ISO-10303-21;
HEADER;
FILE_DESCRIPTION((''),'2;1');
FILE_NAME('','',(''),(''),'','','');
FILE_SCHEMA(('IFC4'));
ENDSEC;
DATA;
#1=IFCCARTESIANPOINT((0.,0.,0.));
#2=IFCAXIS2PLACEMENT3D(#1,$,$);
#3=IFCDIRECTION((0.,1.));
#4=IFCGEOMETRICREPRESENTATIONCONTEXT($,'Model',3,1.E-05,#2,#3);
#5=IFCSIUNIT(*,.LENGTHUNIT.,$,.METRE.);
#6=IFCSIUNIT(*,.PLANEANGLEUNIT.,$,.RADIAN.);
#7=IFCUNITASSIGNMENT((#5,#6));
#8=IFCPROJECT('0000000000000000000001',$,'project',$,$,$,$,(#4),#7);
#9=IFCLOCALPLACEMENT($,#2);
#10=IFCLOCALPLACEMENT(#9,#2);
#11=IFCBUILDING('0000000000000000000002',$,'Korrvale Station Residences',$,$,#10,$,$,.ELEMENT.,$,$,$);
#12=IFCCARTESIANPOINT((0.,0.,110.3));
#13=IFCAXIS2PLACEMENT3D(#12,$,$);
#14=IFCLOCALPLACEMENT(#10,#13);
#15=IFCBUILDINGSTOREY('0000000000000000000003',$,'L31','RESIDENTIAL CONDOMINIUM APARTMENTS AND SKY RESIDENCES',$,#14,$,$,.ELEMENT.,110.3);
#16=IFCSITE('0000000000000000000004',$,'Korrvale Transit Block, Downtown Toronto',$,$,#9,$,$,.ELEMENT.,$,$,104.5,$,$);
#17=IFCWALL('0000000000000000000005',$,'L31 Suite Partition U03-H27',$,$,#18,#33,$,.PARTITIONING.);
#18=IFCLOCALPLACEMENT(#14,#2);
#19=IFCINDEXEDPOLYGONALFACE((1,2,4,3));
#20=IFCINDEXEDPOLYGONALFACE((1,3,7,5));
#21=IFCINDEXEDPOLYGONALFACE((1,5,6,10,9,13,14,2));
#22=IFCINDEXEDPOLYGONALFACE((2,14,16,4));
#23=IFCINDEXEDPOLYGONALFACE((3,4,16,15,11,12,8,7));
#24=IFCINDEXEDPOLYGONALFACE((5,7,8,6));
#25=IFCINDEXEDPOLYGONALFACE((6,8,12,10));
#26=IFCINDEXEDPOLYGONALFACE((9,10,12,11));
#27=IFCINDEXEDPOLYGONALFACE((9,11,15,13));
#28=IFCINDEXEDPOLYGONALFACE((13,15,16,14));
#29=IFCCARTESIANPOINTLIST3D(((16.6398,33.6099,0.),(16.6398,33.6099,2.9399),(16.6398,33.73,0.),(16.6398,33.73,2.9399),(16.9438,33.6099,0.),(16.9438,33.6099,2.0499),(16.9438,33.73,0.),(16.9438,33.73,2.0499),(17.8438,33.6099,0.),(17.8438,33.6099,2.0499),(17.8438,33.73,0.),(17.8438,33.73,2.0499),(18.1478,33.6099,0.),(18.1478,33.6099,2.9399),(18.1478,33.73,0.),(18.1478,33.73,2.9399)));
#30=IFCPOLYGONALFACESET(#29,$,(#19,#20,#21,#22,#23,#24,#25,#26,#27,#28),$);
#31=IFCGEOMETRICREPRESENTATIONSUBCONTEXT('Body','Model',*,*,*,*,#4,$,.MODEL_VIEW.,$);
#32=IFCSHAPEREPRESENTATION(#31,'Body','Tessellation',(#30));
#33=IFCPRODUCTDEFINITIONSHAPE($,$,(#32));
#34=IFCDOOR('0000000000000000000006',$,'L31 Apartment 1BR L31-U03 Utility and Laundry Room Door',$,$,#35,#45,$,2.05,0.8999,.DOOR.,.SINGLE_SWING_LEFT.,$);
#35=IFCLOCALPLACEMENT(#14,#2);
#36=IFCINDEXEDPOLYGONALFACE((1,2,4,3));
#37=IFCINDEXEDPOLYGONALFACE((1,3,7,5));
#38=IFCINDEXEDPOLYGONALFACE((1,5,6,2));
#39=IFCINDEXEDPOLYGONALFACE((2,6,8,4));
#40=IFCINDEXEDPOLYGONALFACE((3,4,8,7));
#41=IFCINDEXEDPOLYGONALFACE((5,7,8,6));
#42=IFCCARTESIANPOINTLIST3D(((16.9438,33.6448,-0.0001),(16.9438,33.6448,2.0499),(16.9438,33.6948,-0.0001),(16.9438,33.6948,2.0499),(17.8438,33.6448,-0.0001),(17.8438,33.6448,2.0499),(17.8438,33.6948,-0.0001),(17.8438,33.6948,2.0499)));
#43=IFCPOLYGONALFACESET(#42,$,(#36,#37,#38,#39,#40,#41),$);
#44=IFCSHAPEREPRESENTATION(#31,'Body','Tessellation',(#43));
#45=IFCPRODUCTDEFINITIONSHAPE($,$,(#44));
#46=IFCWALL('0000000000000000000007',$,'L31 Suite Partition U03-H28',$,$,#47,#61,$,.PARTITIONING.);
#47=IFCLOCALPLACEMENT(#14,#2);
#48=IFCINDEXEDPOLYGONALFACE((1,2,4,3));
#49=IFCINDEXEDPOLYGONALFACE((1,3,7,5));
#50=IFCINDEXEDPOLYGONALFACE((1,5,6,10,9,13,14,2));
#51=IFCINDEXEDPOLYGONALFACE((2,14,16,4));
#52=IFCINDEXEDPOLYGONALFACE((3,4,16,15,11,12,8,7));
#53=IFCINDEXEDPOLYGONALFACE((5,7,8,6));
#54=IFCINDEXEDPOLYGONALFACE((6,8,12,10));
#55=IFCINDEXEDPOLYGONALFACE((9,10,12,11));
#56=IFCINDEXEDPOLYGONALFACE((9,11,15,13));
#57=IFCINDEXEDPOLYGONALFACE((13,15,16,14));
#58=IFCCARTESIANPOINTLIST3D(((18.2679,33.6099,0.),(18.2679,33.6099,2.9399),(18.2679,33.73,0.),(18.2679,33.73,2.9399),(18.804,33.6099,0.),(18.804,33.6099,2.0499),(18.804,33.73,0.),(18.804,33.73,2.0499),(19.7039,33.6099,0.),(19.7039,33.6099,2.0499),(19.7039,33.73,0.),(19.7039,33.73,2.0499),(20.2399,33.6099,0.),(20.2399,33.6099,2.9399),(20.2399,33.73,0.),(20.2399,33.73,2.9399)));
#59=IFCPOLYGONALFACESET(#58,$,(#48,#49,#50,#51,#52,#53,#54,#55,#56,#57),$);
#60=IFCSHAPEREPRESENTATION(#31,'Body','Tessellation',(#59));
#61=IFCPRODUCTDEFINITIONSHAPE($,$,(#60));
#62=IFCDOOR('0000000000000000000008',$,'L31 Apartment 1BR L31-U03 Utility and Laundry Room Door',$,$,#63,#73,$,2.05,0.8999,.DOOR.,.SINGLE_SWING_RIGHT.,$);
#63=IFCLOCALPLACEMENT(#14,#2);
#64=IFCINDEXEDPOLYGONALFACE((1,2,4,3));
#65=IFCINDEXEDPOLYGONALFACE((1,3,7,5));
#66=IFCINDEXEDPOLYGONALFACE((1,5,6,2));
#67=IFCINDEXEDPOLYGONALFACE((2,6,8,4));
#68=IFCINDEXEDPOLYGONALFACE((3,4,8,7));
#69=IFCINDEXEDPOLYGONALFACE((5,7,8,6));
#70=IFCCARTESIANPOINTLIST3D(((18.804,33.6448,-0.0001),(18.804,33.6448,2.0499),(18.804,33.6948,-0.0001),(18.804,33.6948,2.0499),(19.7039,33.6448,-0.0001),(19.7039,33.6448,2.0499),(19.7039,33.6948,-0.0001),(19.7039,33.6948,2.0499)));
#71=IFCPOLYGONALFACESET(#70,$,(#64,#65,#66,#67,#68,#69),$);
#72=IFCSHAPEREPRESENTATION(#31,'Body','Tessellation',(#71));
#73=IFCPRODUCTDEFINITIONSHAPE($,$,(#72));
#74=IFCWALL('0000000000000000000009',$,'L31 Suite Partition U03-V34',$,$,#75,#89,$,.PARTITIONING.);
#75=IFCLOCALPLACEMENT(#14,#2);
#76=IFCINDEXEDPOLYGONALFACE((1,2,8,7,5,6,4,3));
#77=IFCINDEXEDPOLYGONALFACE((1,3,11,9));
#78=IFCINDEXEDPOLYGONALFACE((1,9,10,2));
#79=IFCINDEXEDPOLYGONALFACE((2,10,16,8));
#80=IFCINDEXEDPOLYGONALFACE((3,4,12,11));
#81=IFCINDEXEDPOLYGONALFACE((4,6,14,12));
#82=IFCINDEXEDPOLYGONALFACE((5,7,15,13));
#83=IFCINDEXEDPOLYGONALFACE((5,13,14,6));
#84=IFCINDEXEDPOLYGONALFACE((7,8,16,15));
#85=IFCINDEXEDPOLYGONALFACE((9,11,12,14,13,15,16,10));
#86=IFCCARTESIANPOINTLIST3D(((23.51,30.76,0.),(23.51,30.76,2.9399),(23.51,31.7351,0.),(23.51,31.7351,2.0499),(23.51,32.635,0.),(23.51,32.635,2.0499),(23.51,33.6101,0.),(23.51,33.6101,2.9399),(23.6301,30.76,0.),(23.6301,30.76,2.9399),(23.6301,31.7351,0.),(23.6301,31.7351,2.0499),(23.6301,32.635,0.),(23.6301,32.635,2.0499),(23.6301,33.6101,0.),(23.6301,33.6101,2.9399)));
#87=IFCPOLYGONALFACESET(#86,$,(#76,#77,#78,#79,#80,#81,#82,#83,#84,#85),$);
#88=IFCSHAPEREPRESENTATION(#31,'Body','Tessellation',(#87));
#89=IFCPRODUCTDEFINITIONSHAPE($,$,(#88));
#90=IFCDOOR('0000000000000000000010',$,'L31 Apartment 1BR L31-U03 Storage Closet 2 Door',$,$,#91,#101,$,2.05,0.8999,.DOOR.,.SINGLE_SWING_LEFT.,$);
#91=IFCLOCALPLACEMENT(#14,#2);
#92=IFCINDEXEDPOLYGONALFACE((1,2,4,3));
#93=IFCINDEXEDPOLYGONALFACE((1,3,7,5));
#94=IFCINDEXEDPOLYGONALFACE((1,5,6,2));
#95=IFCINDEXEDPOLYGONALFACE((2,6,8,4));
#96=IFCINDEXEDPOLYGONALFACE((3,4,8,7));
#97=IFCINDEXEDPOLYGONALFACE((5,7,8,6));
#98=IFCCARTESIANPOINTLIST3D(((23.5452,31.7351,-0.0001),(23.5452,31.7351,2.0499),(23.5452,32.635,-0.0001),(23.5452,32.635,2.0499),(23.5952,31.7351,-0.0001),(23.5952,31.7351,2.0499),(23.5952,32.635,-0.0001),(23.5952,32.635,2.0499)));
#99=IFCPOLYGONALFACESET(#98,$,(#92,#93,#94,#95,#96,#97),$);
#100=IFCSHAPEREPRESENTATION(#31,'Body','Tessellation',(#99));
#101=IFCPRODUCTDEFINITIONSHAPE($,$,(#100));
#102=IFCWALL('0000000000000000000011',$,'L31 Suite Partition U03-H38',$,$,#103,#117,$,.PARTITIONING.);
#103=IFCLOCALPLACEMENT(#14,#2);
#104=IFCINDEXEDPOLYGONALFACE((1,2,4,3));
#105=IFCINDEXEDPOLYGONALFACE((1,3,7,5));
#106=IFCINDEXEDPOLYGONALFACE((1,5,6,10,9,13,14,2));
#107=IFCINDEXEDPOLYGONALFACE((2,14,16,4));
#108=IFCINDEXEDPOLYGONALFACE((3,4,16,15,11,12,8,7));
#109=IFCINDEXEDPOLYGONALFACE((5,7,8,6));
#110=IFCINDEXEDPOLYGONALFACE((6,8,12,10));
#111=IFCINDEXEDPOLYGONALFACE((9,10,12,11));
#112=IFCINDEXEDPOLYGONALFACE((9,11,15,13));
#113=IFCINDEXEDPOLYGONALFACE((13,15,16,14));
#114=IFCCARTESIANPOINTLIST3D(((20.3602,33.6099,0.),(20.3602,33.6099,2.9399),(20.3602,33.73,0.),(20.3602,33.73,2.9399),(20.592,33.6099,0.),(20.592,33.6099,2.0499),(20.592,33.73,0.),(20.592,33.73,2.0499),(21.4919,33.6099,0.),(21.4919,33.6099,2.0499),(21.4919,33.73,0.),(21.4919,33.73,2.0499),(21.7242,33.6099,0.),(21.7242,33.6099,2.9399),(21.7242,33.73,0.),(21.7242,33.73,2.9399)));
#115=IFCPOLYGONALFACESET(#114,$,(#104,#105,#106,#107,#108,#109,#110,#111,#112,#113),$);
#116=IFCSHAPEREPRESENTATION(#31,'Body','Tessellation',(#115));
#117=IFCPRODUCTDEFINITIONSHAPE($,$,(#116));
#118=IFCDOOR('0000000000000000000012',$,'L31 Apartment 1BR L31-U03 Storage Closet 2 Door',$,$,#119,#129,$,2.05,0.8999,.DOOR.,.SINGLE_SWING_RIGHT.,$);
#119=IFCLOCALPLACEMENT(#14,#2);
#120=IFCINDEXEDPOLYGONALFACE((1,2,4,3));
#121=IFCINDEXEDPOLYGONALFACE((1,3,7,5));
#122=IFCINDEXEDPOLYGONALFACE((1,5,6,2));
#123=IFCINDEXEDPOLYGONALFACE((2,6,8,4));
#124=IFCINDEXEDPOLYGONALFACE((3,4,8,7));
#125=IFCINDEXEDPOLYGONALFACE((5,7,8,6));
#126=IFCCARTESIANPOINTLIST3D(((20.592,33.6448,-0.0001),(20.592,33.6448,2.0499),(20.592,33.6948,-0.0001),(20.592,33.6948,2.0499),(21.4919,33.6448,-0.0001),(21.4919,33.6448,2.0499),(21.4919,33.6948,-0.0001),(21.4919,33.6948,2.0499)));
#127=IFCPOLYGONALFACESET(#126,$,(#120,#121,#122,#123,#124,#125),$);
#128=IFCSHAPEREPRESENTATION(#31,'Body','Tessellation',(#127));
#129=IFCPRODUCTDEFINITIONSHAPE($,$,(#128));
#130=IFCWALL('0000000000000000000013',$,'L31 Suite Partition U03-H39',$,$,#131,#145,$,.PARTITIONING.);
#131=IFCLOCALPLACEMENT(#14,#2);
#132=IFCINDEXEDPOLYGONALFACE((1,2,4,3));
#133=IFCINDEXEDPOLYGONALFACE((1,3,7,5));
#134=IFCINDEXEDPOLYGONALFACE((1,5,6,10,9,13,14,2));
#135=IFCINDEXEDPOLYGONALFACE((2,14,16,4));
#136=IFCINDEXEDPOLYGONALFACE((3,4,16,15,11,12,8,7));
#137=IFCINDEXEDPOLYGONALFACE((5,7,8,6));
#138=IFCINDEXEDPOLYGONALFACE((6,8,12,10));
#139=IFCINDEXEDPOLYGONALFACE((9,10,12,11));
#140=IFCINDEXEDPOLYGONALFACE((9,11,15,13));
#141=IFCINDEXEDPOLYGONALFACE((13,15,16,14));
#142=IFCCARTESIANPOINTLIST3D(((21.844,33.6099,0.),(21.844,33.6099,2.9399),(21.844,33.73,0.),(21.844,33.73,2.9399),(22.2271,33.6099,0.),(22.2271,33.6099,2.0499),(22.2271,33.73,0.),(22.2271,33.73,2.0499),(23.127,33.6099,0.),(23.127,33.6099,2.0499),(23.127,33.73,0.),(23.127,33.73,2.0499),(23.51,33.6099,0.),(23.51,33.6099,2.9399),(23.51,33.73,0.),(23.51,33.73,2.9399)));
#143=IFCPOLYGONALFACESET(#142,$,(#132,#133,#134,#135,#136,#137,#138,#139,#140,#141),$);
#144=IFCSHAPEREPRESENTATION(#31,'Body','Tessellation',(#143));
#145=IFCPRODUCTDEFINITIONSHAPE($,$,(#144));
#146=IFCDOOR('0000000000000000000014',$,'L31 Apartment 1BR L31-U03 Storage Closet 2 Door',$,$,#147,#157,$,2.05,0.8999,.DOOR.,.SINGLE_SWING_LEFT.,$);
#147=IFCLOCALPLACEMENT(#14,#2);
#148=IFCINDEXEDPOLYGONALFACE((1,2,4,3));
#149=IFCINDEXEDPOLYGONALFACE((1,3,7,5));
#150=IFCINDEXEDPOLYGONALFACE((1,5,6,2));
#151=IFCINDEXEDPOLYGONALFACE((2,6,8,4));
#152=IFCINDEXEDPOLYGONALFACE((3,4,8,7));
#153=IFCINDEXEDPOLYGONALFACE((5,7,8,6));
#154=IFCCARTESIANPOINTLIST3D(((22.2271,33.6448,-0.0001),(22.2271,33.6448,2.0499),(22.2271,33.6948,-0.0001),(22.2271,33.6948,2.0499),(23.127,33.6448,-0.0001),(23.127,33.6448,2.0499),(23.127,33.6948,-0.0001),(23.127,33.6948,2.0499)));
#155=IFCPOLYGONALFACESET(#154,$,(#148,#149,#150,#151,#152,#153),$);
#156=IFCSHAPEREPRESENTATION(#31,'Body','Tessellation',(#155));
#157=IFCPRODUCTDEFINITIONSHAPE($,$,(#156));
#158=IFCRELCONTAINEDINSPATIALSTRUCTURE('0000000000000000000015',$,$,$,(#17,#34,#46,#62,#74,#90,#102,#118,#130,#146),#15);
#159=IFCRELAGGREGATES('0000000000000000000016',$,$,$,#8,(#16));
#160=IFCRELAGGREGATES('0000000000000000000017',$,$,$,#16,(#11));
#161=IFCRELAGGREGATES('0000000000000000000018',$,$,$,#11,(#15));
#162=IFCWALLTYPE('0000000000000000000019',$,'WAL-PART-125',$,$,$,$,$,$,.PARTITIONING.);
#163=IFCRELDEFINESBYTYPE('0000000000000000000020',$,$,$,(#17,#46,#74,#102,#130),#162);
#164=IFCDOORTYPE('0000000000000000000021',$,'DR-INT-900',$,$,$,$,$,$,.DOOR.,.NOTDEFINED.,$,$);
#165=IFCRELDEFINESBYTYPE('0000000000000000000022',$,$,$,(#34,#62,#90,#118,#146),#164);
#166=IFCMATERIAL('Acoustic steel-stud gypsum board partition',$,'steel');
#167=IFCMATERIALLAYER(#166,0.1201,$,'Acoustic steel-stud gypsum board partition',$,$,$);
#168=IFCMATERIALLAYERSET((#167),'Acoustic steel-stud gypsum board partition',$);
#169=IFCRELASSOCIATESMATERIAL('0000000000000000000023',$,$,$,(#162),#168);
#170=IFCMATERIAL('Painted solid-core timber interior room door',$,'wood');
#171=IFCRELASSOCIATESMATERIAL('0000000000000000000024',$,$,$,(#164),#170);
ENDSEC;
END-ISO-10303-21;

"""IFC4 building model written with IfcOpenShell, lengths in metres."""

from ifc_helpers import new_model, si_unit, direction, frame, frame_2d, origin, place, context, subcontext, project, spatial, rectangle, extrude, material, layer, layer_set, type_object, element, fill, save


model = new_model("IFC4")

# Units and contexts
model_context = context("Model", 3, precision=1e-05, world=origin(), true_north=direction((0.0, 1.0)))
body_context = subcontext(model_context, "Body", "Model", "MODEL_VIEW")
ifc_project = project(units=[si_unit("LENGTHUNIT", "METRE"), si_unit("PLANEANGLEUNIT", "RADIAN")], contexts=[model_context])

# Site, building, storey
site_placement = place(None, origin())
site = spatial("IfcSite", under=ifc_project, at=site_placement, Name="Korrvale Transit Block, Downtown Toronto", CompositionType="ELEMENT", RefElevation=104.5)
building_placement = place(site_placement, origin())
building = spatial("IfcBuilding", under=site, at=building_placement, Name="Korrvale Station Residences", CompositionType="ELEMENT")
storey_placement = place(building_placement, frame((0.0, 0.0, 110.3)))
storey = spatial("IfcBuildingStorey", under=building, at=storey_placement, Name="L31", Description="RESIDENTIAL CONDOMINIUM APARTMENTS AND SKY RESIDENCES", CompositionType="ELEMENT", Elevation=110.3)

# Walls, openings, doors
ifc_material_1 = material(Name="Acoustic steel-stud gypsum board partition", Category="steel")
ifc_layer = layer(ifc_material_1, 0.1201, Name="Acoustic steel-stud gypsum board partition")
ifc_layer_set = layer_set([ifc_layer], Name="Acoustic steel-stud gypsum board partition")
wall_type = type_object("IfcWallType", Name="WAL-PART-125", PredefinedType="PARTITIONING", material=ifc_layer_set)
ifc_material_2 = material(Name="Painted solid-core timber interior room door", Category="wood")
door_type = type_object("IfcDoorType", Name="DR-INT-900", OperationType="NOTDEFINED", PredefinedType="DOOR", material=ifc_material_2)
wall_1_placement = place(storey_placement, frame((16.6399, 33.6699, 0.0), z_axis=(0.0, 0.0, 1.0), x_axis=(1.0, 0.0, 0.0)))
wall_1 = element("IfcWall", 1, at=wall_1_placement, inside=storey, type_object=wall_type, Name="L31 Suite Partition U03-H27", PredefinedType="PARTITIONING", context=body_context, shape_type="SweptSolid", body=[
    extrude(rectangle(XDim=1.5081, YDim=0.1201, at=frame_2d((0.7539, 0.0))), origin(), (0.0, 0.0, 1.0), 2.9399),
])
opening_1_placement = place(wall_1_placement, frame((0.304, 0.0, 0.0)))
opening_1 = element("IfcOpeningElement", 2, at=opening_1_placement, cuts=wall_1, PredefinedType="OPENING", context=body_context, shape_type="SweptSolid", body=[
    extrude(rectangle(XDim=0.8999, YDim=2.05, at=frame_2d((0.45, 1.0249))), frame((0.0, 0.0701, 0.0), z_axis=(0.0, -1.0, 0.0), x_axis=(1.0, 0.0, 0.0)), (0.0, 0.0, 1.0), 0.1401),
])
door_1_placement = place(opening_1_placement, origin())
door_1 = element("IfcDoor", 3, at=door_1_placement, inside=storey, type_object=door_type, Name="L31 Apartment 1BR L31-U03 Utility and Laundry Room Door", OperationType="SINGLE_SWING_LEFT", OverallHeight=2.05, OverallWidth=0.8999, PredefinedType="DOOR", context=body_context, shape_type="SweptSolid", body=[
    extrude(rectangle(XDim=0.8999, YDim=2.05, at=frame_2d((0.45, 1.0249))), frame((0.0, 0.0249, 0.0), z_axis=(0.0, -1.0, 0.0), x_axis=(1.0, 0.0, 0.0)), (0.0, 0.0, 1.0), 0.05),
])
fill(opening_1, door_1)
wall_2_placement = place(storey_placement, frame((18.2681, 33.6699, 0.0), z_axis=(0.0, 0.0, 1.0), x_axis=(1.0, 0.0, 0.0)))
wall_2 = element("IfcWall", 4, at=wall_2_placement, inside=storey, type_object=wall_type, Name="L31 Suite Partition U03-H28", PredefinedType="PARTITIONING", context=body_context, shape_type="SweptSolid", body=[
    extrude(rectangle(XDim=1.9719, YDim=0.1201, at=frame_2d((0.9858, 0.0))), origin(), (0.0, 0.0, 1.0), 2.9399),
])
opening_2_placement = place(wall_2_placement, frame((0.5359, 0.0, 0.0)))
opening_2 = element("IfcOpeningElement", 5, at=opening_2_placement, cuts=wall_2, PredefinedType="OPENING", context=body_context, shape_type="SweptSolid", body=[
    extrude(rectangle(XDim=0.8999, YDim=2.05, at=frame_2d((0.45, 1.0249))), frame((0.0, 0.0701, 0.0), z_axis=(0.0, -1.0, 0.0), x_axis=(1.0, 0.0, 0.0)), (0.0, 0.0, 1.0), 0.1401),
])
door_2_placement = place(opening_2_placement, origin())
door_2 = element("IfcDoor", 6, at=door_2_placement, inside=storey, type_object=door_type, Name="L31 Apartment 1BR L31-U03 Utility and Laundry Room Door", OperationType="SINGLE_SWING_RIGHT", OverallHeight=2.05, OverallWidth=0.8999, PredefinedType="DOOR", context=body_context, shape_type="SweptSolid", body=[
    extrude(rectangle(XDim=0.8999, YDim=2.05, at=frame_2d((0.45, 1.0249))), frame((0.0, 0.0249, 0.0), z_axis=(0.0, -1.0, 0.0), x_axis=(1.0, 0.0, 0.0)), (0.0, 0.0, 1.0), 0.05),
])
fill(opening_2, door_2)
wall_3_placement = place(storey_placement, frame((23.5701, 30.76, 0.0), z_axis=(0.0, 0.0, 1.0), x_axis=(0.0, 1.0, 0.0)))
wall_3 = element("IfcWall", 7, at=wall_3_placement, inside=storey, type_object=wall_type, Name="L31 Suite Partition U03-V34", PredefinedType="PARTITIONING", context=body_context, shape_type="SweptSolid", body=[
    extrude(rectangle(XDim=2.8501, YDim=0.1201, at=frame_2d((1.425, 0.0))), origin(), (0.0, 0.0, 1.0), 2.9399),
])
opening_3_placement = place(wall_3_placement, frame((0.9751, 0.0, 0.0)))
opening_3 = element("IfcOpeningElement", 8, at=opening_3_placement, cuts=wall_3, PredefinedType="OPENING", context=body_context, shape_type="SweptSolid", body=[
    extrude(rectangle(XDim=0.8999, YDim=2.05, at=frame_2d((0.45, 1.0249))), frame((0.0, 0.0701, 0.0), z_axis=(0.0, -1.0, 0.0), x_axis=(1.0, 0.0, 0.0)), (0.0, 0.0, 1.0), 0.1401),
])
door_3_placement = place(opening_3_placement, origin())
door_3 = element("IfcDoor", 9, at=door_3_placement, inside=storey, type_object=door_type, Name="L31 Apartment 1BR L31-U03 Storage Closet 2 Door", OperationType="SINGLE_SWING_LEFT", OverallHeight=2.05, OverallWidth=0.8999, PredefinedType="DOOR", context=body_context, shape_type="SweptSolid", body=[
    extrude(rectangle(XDim=0.8999, YDim=2.05, at=frame_2d((0.45, 1.0249))), frame((0.0, 0.0249, 0.0), z_axis=(0.0, -1.0, 0.0), x_axis=(1.0, 0.0, 0.0)), (0.0, 0.0, 1.0), 0.05),
])
fill(opening_3, door_3)
wall_4_placement = place(storey_placement, frame((20.3601, 33.6699, 0.0), z_axis=(0.0, 0.0, 1.0), x_axis=(1.0, 0.0, 0.0)))
wall_4 = element("IfcWall", 10, at=wall_4_placement, inside=storey, type_object=wall_type, Name="L31 Suite Partition U03-H38", PredefinedType="PARTITIONING", context=body_context, shape_type="SweptSolid", body=[
    extrude(rectangle(XDim=1.364, YDim=0.1201, at=frame_2d((0.6821, 0.0))), origin(), (0.0, 0.0, 1.0), 2.9399),
])
opening_4_placement = place(wall_4_placement, frame((0.2319, 0.0, 0.0)))
opening_4 = element("IfcOpeningElement", 11, at=opening_4_placement, cuts=wall_4, PredefinedType="OPENING", context=body_context, shape_type="SweptSolid", body=[
    extrude(rectangle(XDim=0.8999, YDim=2.05, at=frame_2d((0.45, 1.0249))), frame((0.0, 0.0701, 0.0), z_axis=(0.0, -1.0, 0.0), x_axis=(1.0, 0.0, 0.0)), (0.0, 0.0, 1.0), 0.1401),
])
door_4_placement = place(opening_4_placement, origin())
door_4 = element("IfcDoor", 12, at=door_4_placement, inside=storey, type_object=door_type, Name="L31 Apartment 1BR L31-U03 Storage Closet 2 Door", OperationType="SINGLE_SWING_RIGHT", OverallHeight=2.05, OverallWidth=0.8999, PredefinedType="DOOR", context=body_context, shape_type="SweptSolid", body=[
    extrude(rectangle(XDim=0.8999, YDim=2.05, at=frame_2d((0.45, 1.0249))), frame((0.0, 0.0249, 0.0), z_axis=(0.0, -1.0, 0.0), x_axis=(1.0, 0.0, 0.0)), (0.0, 0.0, 1.0), 0.05),
])
fill(opening_4, door_4)
wall_5_placement = place(storey_placement, frame((21.844, 33.6699, 0.0), z_axis=(0.0, 0.0, 1.0), x_axis=(1.0, 0.0, 0.0)))
wall_5 = element("IfcWall", 13, at=wall_5_placement, inside=storey, type_object=wall_type, Name="L31 Suite Partition U03-H39", PredefinedType="PARTITIONING", context=body_context, shape_type="SweptSolid", body=[
    extrude(rectangle(XDim=1.666, YDim=0.1201, at=frame_2d((0.833, 0.0))), origin(), (0.0, 0.0, 1.0), 2.9399),
])
opening_5_placement = place(wall_5_placement, frame((0.3831, 0.0, 0.0)))
opening_5 = element("IfcOpeningElement", 14, at=opening_5_placement, cuts=wall_5, PredefinedType="OPENING", context=body_context, shape_type="SweptSolid", body=[
    extrude(rectangle(XDim=0.8999, YDim=2.05, at=frame_2d((0.45, 1.0249))), frame((0.0, 0.0701, 0.0), z_axis=(0.0, -1.0, 0.0), x_axis=(1.0, 0.0, 0.0)), (0.0, 0.0, 1.0), 0.1401),
])
door_5_placement = place(opening_5_placement, origin())
door_5 = element("IfcDoor", 15, at=door_5_placement, inside=storey, type_object=door_type, Name="L31 Apartment 1BR L31-U03 Storage Closet 2 Door", OperationType="SINGLE_SWING_LEFT", OverallHeight=2.05, OverallWidth=0.8999, PredefinedType="DOOR", context=body_context, shape_type="SweptSolid", body=[
    extrude(rectangle(XDim=0.8999, YDim=2.05, at=frame_2d((0.45, 1.0249))), frame((0.0, 0.0249, 0.0), z_axis=(0.0, -1.0, 0.0), x_axis=(1.0, 0.0, 0.0)), (0.0, 0.0, 1.0), 0.05),
])
fill(opening_5, door_5)

save(model, "model.ifc")
